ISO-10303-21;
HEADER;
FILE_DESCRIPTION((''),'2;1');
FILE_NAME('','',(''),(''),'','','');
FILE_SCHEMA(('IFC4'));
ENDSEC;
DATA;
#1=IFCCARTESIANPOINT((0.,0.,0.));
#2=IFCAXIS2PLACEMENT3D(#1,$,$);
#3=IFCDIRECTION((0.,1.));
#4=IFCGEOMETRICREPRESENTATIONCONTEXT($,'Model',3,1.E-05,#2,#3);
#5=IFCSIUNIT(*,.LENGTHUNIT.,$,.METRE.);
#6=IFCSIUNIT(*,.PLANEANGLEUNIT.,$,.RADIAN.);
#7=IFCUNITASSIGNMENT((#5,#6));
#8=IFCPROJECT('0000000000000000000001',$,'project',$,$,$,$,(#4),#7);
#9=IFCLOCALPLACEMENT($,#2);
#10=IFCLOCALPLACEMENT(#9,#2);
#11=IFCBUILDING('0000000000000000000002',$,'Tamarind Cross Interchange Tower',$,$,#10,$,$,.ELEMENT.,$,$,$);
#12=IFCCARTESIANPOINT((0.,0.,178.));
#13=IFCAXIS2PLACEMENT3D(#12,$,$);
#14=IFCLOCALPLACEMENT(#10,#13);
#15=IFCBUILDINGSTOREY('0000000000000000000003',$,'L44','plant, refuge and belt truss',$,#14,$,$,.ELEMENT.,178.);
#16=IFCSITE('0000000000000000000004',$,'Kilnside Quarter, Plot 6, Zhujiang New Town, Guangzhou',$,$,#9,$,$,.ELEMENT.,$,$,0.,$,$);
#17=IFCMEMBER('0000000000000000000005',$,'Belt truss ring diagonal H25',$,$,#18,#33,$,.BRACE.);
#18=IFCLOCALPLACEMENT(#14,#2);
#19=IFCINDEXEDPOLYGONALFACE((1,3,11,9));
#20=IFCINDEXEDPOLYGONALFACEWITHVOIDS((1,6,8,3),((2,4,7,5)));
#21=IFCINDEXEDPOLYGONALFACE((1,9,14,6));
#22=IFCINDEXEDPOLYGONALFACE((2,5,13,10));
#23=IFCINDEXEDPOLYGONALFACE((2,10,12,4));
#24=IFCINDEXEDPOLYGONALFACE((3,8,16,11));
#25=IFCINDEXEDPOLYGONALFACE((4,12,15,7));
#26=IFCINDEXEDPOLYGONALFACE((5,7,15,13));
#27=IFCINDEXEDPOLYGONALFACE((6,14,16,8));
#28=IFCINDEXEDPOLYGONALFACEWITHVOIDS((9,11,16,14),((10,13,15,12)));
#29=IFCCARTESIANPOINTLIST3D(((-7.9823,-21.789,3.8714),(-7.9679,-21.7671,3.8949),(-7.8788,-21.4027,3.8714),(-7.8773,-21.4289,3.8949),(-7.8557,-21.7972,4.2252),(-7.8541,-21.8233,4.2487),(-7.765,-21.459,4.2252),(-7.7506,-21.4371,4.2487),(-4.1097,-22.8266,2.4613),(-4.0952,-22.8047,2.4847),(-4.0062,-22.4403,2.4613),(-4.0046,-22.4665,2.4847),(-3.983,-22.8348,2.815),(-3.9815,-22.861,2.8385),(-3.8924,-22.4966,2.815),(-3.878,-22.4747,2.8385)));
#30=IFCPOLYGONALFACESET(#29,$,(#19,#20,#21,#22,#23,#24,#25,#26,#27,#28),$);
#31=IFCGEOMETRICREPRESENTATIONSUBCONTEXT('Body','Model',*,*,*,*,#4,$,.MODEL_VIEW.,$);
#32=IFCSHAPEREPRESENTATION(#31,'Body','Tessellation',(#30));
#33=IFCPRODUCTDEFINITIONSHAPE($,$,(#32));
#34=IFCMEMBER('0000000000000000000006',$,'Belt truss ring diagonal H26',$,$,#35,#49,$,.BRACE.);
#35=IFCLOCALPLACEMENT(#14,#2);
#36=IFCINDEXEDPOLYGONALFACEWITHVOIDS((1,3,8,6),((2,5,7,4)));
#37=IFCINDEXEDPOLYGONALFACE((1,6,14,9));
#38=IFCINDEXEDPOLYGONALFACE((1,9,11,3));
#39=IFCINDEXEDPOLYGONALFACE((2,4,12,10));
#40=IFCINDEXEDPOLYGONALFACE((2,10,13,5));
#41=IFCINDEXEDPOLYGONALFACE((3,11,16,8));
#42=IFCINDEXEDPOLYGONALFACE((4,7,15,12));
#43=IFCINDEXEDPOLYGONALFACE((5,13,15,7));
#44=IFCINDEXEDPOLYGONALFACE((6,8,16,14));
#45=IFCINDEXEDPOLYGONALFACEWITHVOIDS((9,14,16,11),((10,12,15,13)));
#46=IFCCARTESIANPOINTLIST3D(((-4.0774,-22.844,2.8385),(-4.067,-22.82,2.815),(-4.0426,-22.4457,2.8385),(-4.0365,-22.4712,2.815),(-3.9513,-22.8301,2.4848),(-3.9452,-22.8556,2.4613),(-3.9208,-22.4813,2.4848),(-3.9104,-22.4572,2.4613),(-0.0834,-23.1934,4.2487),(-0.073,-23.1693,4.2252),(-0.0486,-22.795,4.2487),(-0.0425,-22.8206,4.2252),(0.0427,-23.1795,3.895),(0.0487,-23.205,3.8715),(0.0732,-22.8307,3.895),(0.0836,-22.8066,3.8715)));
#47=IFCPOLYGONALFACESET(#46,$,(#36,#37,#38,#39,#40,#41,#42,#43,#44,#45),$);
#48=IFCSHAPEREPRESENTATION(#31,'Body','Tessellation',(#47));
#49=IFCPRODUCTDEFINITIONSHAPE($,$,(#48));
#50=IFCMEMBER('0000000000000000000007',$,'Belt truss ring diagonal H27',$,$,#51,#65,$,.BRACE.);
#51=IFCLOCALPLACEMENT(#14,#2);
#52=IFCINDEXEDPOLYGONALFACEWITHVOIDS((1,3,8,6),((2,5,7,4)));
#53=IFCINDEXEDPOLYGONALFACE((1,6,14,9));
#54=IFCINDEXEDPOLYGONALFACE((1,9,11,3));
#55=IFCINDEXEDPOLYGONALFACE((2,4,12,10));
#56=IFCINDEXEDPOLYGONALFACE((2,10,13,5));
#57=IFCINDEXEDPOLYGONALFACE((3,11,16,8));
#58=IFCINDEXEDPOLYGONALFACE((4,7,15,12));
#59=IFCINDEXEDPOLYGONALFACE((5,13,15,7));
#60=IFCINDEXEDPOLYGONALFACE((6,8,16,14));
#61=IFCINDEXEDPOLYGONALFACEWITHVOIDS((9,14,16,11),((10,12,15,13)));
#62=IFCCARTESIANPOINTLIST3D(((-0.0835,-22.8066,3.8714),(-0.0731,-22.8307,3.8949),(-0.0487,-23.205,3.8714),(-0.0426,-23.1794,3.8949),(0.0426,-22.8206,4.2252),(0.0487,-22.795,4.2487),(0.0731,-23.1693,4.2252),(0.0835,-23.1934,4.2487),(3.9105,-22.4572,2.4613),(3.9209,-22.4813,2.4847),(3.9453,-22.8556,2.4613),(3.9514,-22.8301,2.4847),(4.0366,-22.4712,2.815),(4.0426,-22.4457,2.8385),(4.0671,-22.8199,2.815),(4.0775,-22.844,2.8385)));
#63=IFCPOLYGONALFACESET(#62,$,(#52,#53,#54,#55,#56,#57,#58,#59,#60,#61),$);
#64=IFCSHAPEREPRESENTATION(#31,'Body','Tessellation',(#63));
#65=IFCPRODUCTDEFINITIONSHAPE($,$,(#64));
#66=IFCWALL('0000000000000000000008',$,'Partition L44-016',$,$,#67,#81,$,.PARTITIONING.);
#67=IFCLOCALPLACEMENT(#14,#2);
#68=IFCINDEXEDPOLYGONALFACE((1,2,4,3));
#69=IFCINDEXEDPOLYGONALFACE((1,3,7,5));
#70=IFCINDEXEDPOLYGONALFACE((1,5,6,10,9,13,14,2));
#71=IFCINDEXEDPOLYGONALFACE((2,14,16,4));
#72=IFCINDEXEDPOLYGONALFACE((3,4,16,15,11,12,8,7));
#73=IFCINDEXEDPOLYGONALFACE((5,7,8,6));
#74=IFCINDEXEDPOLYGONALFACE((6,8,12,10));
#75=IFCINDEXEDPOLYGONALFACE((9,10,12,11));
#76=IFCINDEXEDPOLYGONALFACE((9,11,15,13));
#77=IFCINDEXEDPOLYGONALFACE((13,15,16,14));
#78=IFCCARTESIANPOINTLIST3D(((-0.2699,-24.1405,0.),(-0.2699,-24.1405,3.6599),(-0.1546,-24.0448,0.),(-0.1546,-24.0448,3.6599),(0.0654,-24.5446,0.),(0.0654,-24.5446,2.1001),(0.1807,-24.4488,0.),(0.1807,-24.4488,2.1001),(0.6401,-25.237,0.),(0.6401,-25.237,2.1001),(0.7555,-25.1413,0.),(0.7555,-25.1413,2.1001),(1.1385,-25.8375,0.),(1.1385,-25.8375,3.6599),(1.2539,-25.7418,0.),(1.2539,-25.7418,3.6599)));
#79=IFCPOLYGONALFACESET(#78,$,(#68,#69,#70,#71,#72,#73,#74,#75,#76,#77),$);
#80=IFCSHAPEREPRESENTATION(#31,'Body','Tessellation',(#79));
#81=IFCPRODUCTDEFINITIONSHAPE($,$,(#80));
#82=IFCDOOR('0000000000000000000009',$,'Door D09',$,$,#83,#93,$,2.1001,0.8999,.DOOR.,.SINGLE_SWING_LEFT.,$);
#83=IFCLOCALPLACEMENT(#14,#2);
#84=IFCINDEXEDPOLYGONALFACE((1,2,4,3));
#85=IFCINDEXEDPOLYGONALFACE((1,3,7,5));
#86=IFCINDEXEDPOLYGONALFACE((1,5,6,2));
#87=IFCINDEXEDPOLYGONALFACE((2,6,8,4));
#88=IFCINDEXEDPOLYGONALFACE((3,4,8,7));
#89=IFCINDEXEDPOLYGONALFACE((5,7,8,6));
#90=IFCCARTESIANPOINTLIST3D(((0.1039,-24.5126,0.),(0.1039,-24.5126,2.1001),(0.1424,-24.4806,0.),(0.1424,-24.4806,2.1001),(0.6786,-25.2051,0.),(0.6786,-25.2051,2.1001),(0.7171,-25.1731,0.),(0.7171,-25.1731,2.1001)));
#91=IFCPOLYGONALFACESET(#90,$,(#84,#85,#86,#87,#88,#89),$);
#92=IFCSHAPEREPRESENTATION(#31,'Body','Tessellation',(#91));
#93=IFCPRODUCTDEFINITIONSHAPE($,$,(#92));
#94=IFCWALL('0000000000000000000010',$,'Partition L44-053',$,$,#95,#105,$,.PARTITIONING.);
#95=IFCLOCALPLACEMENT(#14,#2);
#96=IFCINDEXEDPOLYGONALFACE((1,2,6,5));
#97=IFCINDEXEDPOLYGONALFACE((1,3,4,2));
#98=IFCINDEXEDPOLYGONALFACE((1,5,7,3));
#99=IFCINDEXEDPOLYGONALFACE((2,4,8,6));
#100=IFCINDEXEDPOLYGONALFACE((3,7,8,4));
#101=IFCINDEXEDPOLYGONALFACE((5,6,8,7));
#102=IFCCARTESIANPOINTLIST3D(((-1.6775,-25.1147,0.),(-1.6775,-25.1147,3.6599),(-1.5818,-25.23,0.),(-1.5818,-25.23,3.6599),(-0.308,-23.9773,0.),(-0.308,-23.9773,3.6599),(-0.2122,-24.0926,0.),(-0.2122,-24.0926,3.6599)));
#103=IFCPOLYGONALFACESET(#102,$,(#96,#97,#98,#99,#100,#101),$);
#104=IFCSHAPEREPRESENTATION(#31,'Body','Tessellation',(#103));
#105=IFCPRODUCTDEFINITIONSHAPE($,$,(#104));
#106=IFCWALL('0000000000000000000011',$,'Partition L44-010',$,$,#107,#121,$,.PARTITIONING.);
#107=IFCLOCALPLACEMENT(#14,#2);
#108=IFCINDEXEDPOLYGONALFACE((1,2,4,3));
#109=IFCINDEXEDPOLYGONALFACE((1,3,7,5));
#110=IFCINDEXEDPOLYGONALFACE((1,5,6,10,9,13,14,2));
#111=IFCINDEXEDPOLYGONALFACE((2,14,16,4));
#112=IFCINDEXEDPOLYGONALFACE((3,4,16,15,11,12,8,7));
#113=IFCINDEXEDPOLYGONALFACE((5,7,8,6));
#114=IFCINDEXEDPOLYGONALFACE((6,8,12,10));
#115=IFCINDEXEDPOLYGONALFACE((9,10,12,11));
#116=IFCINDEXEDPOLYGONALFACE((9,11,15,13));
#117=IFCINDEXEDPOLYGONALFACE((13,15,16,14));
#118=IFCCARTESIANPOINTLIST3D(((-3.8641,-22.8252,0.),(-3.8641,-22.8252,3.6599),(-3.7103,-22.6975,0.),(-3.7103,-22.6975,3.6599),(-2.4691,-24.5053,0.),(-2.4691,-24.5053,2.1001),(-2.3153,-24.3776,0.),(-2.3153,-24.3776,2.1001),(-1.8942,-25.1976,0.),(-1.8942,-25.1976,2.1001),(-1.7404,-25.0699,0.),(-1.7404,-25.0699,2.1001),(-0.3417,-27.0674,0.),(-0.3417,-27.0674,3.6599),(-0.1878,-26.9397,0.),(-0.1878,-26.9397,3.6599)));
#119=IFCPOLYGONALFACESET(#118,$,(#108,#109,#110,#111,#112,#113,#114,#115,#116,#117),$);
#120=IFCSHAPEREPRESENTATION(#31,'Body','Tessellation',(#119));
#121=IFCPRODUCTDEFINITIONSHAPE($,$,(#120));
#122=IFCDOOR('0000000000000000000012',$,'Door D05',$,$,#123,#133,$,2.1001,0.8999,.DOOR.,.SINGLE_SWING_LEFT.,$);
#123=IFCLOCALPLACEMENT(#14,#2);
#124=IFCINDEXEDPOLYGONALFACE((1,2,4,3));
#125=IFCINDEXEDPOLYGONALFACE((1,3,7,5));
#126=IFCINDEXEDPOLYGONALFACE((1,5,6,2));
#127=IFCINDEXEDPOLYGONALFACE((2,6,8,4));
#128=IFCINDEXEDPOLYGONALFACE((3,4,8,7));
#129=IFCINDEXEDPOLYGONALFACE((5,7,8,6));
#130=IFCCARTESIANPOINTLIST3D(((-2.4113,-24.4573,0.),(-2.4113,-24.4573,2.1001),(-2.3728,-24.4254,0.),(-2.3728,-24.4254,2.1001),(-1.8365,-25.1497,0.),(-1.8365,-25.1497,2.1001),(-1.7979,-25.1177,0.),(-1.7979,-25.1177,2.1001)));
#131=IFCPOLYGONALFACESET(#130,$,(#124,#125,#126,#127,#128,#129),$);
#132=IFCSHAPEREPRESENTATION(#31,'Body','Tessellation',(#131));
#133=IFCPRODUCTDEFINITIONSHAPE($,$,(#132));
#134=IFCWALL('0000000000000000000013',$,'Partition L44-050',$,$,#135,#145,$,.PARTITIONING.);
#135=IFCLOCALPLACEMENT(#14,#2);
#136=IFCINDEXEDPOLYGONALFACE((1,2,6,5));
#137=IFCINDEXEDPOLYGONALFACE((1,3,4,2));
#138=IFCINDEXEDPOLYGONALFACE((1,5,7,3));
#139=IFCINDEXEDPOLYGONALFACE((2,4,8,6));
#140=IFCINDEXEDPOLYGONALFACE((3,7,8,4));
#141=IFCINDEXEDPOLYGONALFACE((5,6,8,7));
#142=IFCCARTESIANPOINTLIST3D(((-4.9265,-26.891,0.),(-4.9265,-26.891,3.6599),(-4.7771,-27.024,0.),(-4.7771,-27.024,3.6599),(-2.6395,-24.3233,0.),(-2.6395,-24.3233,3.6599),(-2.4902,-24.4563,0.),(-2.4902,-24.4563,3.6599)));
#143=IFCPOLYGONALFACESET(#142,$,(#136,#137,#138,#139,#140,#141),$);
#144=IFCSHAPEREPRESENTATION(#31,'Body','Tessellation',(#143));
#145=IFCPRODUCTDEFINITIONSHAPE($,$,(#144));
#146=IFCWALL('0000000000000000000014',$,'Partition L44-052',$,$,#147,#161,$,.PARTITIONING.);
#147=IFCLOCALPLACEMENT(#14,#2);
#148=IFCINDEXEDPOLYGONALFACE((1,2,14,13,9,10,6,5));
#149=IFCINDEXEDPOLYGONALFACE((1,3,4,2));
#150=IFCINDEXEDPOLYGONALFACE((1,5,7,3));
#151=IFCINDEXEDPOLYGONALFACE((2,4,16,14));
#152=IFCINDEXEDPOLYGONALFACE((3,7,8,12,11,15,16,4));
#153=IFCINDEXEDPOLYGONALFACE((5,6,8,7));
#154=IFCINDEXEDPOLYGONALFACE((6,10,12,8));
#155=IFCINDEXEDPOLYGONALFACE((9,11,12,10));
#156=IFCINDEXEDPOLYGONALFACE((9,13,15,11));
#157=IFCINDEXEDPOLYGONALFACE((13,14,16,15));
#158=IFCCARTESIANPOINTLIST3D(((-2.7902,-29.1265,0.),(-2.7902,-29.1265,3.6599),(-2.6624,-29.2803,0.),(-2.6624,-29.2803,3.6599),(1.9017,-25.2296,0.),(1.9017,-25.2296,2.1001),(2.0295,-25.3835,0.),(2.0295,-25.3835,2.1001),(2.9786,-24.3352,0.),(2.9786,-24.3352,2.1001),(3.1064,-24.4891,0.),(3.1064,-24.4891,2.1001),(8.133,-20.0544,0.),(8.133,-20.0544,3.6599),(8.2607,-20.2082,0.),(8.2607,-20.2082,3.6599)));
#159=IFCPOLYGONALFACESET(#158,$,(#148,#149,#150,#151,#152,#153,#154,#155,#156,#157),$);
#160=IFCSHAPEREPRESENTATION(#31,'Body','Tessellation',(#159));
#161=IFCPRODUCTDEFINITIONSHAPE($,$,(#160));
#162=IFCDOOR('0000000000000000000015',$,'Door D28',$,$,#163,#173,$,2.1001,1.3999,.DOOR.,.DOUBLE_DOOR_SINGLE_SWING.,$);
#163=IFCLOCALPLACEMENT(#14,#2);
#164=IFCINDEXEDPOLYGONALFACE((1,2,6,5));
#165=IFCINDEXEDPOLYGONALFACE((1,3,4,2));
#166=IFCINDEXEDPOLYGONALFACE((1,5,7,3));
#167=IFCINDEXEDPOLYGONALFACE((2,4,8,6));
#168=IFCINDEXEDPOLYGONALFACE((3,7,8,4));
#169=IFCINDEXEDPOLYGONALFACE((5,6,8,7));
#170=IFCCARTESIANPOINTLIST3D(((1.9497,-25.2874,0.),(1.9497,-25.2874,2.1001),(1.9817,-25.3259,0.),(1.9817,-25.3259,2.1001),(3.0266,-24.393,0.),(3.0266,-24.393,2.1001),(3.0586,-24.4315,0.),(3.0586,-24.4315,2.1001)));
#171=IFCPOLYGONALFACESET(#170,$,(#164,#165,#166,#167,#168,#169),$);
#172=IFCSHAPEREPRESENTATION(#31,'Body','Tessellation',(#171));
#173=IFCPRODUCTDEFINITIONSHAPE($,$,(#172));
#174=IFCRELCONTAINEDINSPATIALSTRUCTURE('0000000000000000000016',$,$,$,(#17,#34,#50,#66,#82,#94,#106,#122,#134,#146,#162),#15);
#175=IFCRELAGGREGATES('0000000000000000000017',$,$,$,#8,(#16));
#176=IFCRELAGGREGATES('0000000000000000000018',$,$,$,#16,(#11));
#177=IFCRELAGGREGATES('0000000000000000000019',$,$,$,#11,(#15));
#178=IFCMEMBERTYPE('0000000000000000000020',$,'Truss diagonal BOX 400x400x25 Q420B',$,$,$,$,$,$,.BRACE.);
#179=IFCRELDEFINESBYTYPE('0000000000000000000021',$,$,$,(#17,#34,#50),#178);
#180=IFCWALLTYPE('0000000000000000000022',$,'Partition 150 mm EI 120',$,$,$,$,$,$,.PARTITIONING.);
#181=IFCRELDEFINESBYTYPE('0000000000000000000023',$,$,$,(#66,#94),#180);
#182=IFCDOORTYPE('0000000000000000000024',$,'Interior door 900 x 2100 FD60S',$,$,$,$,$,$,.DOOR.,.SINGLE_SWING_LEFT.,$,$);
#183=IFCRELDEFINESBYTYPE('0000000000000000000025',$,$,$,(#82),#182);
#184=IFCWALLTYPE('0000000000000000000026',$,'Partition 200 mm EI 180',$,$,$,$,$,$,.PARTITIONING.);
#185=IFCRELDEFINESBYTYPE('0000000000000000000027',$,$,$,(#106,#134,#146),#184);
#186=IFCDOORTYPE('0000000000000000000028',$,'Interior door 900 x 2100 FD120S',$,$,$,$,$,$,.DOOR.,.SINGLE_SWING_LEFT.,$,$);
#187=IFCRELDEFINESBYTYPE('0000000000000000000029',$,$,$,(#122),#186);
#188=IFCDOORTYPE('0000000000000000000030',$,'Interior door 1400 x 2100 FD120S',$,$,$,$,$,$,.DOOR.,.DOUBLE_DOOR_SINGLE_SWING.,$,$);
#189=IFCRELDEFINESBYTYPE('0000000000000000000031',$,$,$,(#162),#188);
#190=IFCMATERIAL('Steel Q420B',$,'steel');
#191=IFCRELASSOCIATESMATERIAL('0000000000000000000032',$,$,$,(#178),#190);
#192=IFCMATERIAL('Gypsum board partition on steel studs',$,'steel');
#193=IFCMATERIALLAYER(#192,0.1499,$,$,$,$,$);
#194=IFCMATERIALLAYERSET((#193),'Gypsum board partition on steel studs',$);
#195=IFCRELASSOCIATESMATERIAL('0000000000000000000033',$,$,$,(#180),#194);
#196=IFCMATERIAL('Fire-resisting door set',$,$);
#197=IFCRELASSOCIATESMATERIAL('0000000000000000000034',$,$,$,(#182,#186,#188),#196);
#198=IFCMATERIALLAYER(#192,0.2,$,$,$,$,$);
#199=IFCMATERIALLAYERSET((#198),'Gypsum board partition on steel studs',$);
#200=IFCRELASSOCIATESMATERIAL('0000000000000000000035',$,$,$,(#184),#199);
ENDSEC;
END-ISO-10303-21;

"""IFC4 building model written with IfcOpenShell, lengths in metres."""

from ifc_helpers import new_model, si_unit, direction, frame, frame_2d, origin, origin_2d, place, context, subcontext, project, spatial, rectangle, hollow_rectangle, extrude, material, layer, layer_set, material_profile, profile_set, type_object, element, fill, save


model = new_model("IFC4")

# Units and contexts
model_context = context("Model", 3, precision=1e-05, world=origin(), true_north=direction((0.0, 1.0)))
body_context = subcontext(model_context, "Body", "Model", "MODEL_VIEW")
ifc_project = project(units=[si_unit("LENGTHUNIT", "METRE"), si_unit("PLANEANGLEUNIT", "RADIAN")], contexts=[model_context])

# Site, building, storey
site_placement = place(None, origin())
site = spatial("IfcSite", under=ifc_project, at=site_placement, Name="Kilnside Quarter, Plot 6, Zhujiang New Town, Guangzhou", CompositionType="ELEMENT", RefElevation=0.0)
building_placement = place(site_placement, origin())
building = spatial("IfcBuilding", under=site, at=building_placement, Name="Tamarind Cross Interchange Tower", CompositionType="ELEMENT")
storey_placement = place(building_placement, frame((0.0, 0.0, 178.0)))
storey = spatial("IfcBuildingStorey", under=building, at=storey_placement, Name="L44", Description="plant, refuge and belt truss", CompositionType="ELEMENT", Elevation=178.0)

# Members
ifc_material_1 = material(Name="Steel Q420B", Category="steel")
ifc_material_profile_1 = material_profile(ifc_material_1, hollow_rectangle(XDim=0.3999, YDim=0.3999, WallThickness=0.0249, at=origin_2d()), Name="BOX 400x400x25")
ifc_profile_set_1 = profile_set([ifc_material_profile_1], Name="Steel Q420B")
member_type_1 = type_object("IfcMemberType", Name="Truss diagonal BOX 400x400x25 Q420B", PredefinedType="BRACE", material=ifc_profile_set_1)
for number, where, z_axis, x_axis, name in (
    (1, (-7.8665, -21.613, 4.0601), (0.911206, -0.244145, -0.331807), (0.258807, 0.965929, 0.0), "Belt truss ring diagonal H25"),
    (2, (-3.9939, -22.6506, 2.6499), (0.939758, -0.082205, 0.331808), (0.087142, 0.996196, 0.0), "Belt truss ring diagonal H26"),
    (3, (0.0, -23.0, 4.0601), (0.939758, 0.082205, -0.331808), (-0.087142, 0.996196, 0.0), "Belt truss ring diagonal H27"),
):
    element("IfcMember", number, at=place(storey_placement, frame(where, z_axis=z_axis, x_axis=x_axis)), inside=storey, type_object=member_type_1, Name=name, PredefinedType="BRACE", context=body_context, shape_type="SweptSolid", body=[
        extrude(hollow_rectangle(XDim=0.3999, YDim=0.3999, WallThickness=0.0249, at=origin_2d()), origin(), (0.0, 0.0, 1.0), 4.25),
    ])

# Wall, opening, door
ifc_material_2 = material(Name="Gypsum board partition on steel studs", Category="steel")
ifc_layer_1 = layer(ifc_material_2, 0.1499)
ifc_layer_set_1 = layer_set([ifc_layer_1], Name="Gypsum board partition on steel studs")
wall_type_1 = type_object("IfcWallType", Name="Partition 150 mm EI 120", PredefinedType="PARTITIONING", material=ifc_layer_set_1)
wall_1_placement = place(storey_placement, frame((-0.2122, -24.0928, 0.0), z_axis=(0.0, 0.0, 1.0), x_axis=(0.638648, -0.769499, 0.0)))
wall_1 = element("IfcWall", 4, at=wall_1_placement, inside=storey, type_object=wall_type_1, Name="Partition L44-016", PredefinedType="PARTITIONING", context=body_context, shape_type="SweptSolid", body=[
    extrude(rectangle(XDim=2.2053, YDim=0.1499, at=frame_2d((1.1025, 0.0))), origin(), (0.0, 0.0, 1.0), 3.6599),
])
opening_1_placement = place(wall_1_placement, frame((0.5249, 0.0, 0.0)))
opening_1 = element("IfcOpeningElement", 5, at=opening_1_placement, cuts=wall_1, PredefinedType="OPENING", context=body_context, shape_type="SweptSolid", body=[
    extrude(rectangle(XDim=0.8999, YDim=2.1001, at=frame_2d((0.45, 1.05))), frame((0.0, 0.085, 0.0), z_axis=(0.0, -1.0, 0.0), x_axis=(1.0, 0.0, 0.0)), (0.0, 0.0, 1.0), 0.1699),
])
ifc_material_3 = material(Name="Fire-resisting door set")
door_type_1 = type_object("IfcDoorType", Name="Interior door 900 x 2100 FD60S", OperationType="SINGLE_SWING_LEFT", PredefinedType="DOOR", material=ifc_material_3)
door_1_placement = place(opening_1_placement, frame((0.8999, 0.0, 0.0), z_axis=(0.0, 0.0, 1.0), x_axis=(-1.0, 0.0, 0.0)))
door_1 = element("IfcDoor", 6, at=door_1_placement, inside=storey, type_object=door_type_1, Name="Door D09", OperationType="SINGLE_SWING_LEFT", OverallHeight=2.1001, OverallWidth=0.8999, PredefinedType="DOOR", context=body_context, shape_type="SweptSolid", body=[
    extrude(rectangle(XDim=0.8999, YDim=2.1001, at=frame_2d((0.45, 1.05))), frame((0.0, 0.0249, 0.0), z_axis=(0.0, -1.0, 0.0), x_axis=(1.0, 0.0, 0.0)), (0.0, 0.0, 1.0), 0.05),
])
fill(opening_1, door_1)

# Wall
wall_2_placement = place(storey_placement, frame((-1.6296, -25.1724, 0.0), z_axis=(0.0, 0.0, 1.0), x_axis=(0.769299, 0.638889, 0.0)))
element("IfcWall", 7, at=wall_2_placement, inside=storey, type_object=wall_type_1, Name="Partition L44-053", PredefinedType="PARTITIONING", context=body_context, shape_type="SweptSolid", body=[
    extrude(rectangle(XDim=1.7803, YDim=0.1499, at=frame_2d((0.8901, 0.0))), origin(), (0.0, 0.0, 1.0), 3.6599),
])

# Wall, opening, door
ifc_layer_2 = layer(ifc_material_2, 0.2)
ifc_layer_set_2 = layer_set([ifc_layer_2], Name="Gypsum board partition on steel studs")
wall_type_2 = type_object("IfcWallType", Name="Partition 200 mm EI 180", PredefinedType="PARTITIONING", material=ifc_layer_set_2)
wall_3_placement = place(storey_placement, frame((-3.7871, -22.7615, 0.0), z_axis=(0.0, 0.0, 1.0), x_axis=(0.638825, -0.769352, 0.0)))
wall_3 = element("IfcWall", 8, at=wall_3_placement, inside=storey, type_object=wall_type_2, Name="Partition L44-010", PredefinedType="PARTITIONING", context=body_context, shape_type="SweptSolid", body=[
    extrude(rectangle(XDim=5.5139, YDim=0.2, at=frame_2d((2.7568, 0.0))), origin(), (0.0, 0.0, 1.0), 3.6599),
])
opening_2_placement = place(wall_3_placement, frame((2.1836, 0.0, 0.0)))
opening_2 = element("IfcOpeningElement", 9, at=opening_2_placement, cuts=wall_3, PredefinedType="OPENING", context=body_context, shape_type="SweptSolid", body=[
    extrude(rectangle(XDim=0.8999, YDim=2.1001, at=frame_2d((0.45, 1.05))), frame((0.0, 0.1099, 0.0), z_axis=(0.0, -1.0, 0.0), x_axis=(1.0, 0.0, 0.0)), (0.0, 0.0, 1.0), 0.22),
])
door_type_2 = type_object("IfcDoorType", Name="Interior door 900 x 2100 FD120S", OperationType="SINGLE_SWING_LEFT", PredefinedType="DOOR", material=ifc_material_3)
door_2_placement = place(opening_2_placement, frame((0.8999, 0.0, 0.0), z_axis=(0.0, 0.0, 1.0), x_axis=(-1.0, 0.0, 0.0)))
door_2 = element("IfcDoor", 10, at=door_2_placement, inside=storey, type_object=door_type_2, Name="Door D05", OperationType="SINGLE_SWING_LEFT", OverallHeight=2.1001, OverallWidth=0.8999, PredefinedType="DOOR", context=body_context, shape_type="SweptSolid", body=[
    extrude(rectangle(XDim=0.8999, YDim=2.1001, at=frame_2d((0.45, 1.05))), frame((0.0, 0.0249, 0.0), z_axis=(0.0, -1.0, 0.0), x_axis=(1.0, 0.0, 0.0)), (0.0, 0.0, 1.0), 0.05),
])
fill(opening_2, door_2)

# Wall
wall_4_placement = place(storey_placement, frame((-4.8518, -26.9575, 0.0), z_axis=(0.0, 0.0, 1.0), x_axis=(0.6651, 0.746755, 0.0)))
element("IfcWall", 11, at=wall_4_placement, inside=storey, type_object=wall_type_2, Name="Partition L44-050", PredefinedType="PARTITIONING", context=body_context, shape_type="SweptSolid", body=[
    extrude(rectangle(XDim=3.4385, YDim=0.2, at=frame_2d((1.7192, 0.0))), origin(), (0.0, 0.0, 1.0), 3.6599),
])

# Wall, opening, door
wall_5_placement = place(storey_placement, frame((-2.7263, -29.2034, 0.0), z_axis=(0.0, 0.0, 1.0), x_axis=(0.769279, 0.638913, 0.0)))
wall_5 = element("IfcWall", 12, at=wall_5_placement, inside=storey, type_object=wall_type_2, Name="Partition L44-052", PredefinedType="PARTITIONING", context=body_context, shape_type="SweptSolid", body=[
    extrude(rectangle(XDim=14.1992, YDim=0.2, at=frame_2d((7.0996, 0.0))), origin(), (0.0, 0.0, 1.0), 3.6599),
])
opening_3_placement = place(wall_5_placement, frame((6.0991, 0.0, 0.0)))
opening_3 = element("IfcOpeningElement", 13, at=opening_3_placement, cuts=wall_5, PredefinedType="OPENING", context=body_context, shape_type="SweptSolid", body=[
    extrude(rectangle(XDim=1.3999, YDim=2.1001, at=frame_2d((0.7, 1.05))), frame((0.0, 0.1099, 0.0), z_axis=(0.0, -1.0, 0.0), x_axis=(1.0, 0.0, 0.0)), (0.0, 0.0, 1.0), 0.22),
])
door_type_3 = type_object("IfcDoorType", Name="Interior door 1400 x 2100 FD120S", OperationType="DOUBLE_DOOR_SINGLE_SWING", PredefinedType="DOOR", material=ifc_material_3)
door_3_placement = place(opening_3_placement, origin())
door_3 = element("IfcDoor", 14, at=door_3_placement, inside=storey, type_object=door_type_3, Name="Door D28", OperationType="DOUBLE_DOOR_SINGLE_SWING", OverallHeight=2.1001, OverallWidth=1.3999, PredefinedType="DOOR", context=body_context, shape_type="SweptSolid", body=[
    extrude(rectangle(XDim=1.3999, YDim=2.1001, at=frame_2d((0.7, 1.05))), frame((0.0, 0.0249, 0.0), z_axis=(0.0, -1.0, 0.0), x_axis=(1.0, 0.0, 0.0)), (0.0, 0.0, 1.0), 0.05),
])
fill(opening_3, door_3)

save(model, "model.ifc")
